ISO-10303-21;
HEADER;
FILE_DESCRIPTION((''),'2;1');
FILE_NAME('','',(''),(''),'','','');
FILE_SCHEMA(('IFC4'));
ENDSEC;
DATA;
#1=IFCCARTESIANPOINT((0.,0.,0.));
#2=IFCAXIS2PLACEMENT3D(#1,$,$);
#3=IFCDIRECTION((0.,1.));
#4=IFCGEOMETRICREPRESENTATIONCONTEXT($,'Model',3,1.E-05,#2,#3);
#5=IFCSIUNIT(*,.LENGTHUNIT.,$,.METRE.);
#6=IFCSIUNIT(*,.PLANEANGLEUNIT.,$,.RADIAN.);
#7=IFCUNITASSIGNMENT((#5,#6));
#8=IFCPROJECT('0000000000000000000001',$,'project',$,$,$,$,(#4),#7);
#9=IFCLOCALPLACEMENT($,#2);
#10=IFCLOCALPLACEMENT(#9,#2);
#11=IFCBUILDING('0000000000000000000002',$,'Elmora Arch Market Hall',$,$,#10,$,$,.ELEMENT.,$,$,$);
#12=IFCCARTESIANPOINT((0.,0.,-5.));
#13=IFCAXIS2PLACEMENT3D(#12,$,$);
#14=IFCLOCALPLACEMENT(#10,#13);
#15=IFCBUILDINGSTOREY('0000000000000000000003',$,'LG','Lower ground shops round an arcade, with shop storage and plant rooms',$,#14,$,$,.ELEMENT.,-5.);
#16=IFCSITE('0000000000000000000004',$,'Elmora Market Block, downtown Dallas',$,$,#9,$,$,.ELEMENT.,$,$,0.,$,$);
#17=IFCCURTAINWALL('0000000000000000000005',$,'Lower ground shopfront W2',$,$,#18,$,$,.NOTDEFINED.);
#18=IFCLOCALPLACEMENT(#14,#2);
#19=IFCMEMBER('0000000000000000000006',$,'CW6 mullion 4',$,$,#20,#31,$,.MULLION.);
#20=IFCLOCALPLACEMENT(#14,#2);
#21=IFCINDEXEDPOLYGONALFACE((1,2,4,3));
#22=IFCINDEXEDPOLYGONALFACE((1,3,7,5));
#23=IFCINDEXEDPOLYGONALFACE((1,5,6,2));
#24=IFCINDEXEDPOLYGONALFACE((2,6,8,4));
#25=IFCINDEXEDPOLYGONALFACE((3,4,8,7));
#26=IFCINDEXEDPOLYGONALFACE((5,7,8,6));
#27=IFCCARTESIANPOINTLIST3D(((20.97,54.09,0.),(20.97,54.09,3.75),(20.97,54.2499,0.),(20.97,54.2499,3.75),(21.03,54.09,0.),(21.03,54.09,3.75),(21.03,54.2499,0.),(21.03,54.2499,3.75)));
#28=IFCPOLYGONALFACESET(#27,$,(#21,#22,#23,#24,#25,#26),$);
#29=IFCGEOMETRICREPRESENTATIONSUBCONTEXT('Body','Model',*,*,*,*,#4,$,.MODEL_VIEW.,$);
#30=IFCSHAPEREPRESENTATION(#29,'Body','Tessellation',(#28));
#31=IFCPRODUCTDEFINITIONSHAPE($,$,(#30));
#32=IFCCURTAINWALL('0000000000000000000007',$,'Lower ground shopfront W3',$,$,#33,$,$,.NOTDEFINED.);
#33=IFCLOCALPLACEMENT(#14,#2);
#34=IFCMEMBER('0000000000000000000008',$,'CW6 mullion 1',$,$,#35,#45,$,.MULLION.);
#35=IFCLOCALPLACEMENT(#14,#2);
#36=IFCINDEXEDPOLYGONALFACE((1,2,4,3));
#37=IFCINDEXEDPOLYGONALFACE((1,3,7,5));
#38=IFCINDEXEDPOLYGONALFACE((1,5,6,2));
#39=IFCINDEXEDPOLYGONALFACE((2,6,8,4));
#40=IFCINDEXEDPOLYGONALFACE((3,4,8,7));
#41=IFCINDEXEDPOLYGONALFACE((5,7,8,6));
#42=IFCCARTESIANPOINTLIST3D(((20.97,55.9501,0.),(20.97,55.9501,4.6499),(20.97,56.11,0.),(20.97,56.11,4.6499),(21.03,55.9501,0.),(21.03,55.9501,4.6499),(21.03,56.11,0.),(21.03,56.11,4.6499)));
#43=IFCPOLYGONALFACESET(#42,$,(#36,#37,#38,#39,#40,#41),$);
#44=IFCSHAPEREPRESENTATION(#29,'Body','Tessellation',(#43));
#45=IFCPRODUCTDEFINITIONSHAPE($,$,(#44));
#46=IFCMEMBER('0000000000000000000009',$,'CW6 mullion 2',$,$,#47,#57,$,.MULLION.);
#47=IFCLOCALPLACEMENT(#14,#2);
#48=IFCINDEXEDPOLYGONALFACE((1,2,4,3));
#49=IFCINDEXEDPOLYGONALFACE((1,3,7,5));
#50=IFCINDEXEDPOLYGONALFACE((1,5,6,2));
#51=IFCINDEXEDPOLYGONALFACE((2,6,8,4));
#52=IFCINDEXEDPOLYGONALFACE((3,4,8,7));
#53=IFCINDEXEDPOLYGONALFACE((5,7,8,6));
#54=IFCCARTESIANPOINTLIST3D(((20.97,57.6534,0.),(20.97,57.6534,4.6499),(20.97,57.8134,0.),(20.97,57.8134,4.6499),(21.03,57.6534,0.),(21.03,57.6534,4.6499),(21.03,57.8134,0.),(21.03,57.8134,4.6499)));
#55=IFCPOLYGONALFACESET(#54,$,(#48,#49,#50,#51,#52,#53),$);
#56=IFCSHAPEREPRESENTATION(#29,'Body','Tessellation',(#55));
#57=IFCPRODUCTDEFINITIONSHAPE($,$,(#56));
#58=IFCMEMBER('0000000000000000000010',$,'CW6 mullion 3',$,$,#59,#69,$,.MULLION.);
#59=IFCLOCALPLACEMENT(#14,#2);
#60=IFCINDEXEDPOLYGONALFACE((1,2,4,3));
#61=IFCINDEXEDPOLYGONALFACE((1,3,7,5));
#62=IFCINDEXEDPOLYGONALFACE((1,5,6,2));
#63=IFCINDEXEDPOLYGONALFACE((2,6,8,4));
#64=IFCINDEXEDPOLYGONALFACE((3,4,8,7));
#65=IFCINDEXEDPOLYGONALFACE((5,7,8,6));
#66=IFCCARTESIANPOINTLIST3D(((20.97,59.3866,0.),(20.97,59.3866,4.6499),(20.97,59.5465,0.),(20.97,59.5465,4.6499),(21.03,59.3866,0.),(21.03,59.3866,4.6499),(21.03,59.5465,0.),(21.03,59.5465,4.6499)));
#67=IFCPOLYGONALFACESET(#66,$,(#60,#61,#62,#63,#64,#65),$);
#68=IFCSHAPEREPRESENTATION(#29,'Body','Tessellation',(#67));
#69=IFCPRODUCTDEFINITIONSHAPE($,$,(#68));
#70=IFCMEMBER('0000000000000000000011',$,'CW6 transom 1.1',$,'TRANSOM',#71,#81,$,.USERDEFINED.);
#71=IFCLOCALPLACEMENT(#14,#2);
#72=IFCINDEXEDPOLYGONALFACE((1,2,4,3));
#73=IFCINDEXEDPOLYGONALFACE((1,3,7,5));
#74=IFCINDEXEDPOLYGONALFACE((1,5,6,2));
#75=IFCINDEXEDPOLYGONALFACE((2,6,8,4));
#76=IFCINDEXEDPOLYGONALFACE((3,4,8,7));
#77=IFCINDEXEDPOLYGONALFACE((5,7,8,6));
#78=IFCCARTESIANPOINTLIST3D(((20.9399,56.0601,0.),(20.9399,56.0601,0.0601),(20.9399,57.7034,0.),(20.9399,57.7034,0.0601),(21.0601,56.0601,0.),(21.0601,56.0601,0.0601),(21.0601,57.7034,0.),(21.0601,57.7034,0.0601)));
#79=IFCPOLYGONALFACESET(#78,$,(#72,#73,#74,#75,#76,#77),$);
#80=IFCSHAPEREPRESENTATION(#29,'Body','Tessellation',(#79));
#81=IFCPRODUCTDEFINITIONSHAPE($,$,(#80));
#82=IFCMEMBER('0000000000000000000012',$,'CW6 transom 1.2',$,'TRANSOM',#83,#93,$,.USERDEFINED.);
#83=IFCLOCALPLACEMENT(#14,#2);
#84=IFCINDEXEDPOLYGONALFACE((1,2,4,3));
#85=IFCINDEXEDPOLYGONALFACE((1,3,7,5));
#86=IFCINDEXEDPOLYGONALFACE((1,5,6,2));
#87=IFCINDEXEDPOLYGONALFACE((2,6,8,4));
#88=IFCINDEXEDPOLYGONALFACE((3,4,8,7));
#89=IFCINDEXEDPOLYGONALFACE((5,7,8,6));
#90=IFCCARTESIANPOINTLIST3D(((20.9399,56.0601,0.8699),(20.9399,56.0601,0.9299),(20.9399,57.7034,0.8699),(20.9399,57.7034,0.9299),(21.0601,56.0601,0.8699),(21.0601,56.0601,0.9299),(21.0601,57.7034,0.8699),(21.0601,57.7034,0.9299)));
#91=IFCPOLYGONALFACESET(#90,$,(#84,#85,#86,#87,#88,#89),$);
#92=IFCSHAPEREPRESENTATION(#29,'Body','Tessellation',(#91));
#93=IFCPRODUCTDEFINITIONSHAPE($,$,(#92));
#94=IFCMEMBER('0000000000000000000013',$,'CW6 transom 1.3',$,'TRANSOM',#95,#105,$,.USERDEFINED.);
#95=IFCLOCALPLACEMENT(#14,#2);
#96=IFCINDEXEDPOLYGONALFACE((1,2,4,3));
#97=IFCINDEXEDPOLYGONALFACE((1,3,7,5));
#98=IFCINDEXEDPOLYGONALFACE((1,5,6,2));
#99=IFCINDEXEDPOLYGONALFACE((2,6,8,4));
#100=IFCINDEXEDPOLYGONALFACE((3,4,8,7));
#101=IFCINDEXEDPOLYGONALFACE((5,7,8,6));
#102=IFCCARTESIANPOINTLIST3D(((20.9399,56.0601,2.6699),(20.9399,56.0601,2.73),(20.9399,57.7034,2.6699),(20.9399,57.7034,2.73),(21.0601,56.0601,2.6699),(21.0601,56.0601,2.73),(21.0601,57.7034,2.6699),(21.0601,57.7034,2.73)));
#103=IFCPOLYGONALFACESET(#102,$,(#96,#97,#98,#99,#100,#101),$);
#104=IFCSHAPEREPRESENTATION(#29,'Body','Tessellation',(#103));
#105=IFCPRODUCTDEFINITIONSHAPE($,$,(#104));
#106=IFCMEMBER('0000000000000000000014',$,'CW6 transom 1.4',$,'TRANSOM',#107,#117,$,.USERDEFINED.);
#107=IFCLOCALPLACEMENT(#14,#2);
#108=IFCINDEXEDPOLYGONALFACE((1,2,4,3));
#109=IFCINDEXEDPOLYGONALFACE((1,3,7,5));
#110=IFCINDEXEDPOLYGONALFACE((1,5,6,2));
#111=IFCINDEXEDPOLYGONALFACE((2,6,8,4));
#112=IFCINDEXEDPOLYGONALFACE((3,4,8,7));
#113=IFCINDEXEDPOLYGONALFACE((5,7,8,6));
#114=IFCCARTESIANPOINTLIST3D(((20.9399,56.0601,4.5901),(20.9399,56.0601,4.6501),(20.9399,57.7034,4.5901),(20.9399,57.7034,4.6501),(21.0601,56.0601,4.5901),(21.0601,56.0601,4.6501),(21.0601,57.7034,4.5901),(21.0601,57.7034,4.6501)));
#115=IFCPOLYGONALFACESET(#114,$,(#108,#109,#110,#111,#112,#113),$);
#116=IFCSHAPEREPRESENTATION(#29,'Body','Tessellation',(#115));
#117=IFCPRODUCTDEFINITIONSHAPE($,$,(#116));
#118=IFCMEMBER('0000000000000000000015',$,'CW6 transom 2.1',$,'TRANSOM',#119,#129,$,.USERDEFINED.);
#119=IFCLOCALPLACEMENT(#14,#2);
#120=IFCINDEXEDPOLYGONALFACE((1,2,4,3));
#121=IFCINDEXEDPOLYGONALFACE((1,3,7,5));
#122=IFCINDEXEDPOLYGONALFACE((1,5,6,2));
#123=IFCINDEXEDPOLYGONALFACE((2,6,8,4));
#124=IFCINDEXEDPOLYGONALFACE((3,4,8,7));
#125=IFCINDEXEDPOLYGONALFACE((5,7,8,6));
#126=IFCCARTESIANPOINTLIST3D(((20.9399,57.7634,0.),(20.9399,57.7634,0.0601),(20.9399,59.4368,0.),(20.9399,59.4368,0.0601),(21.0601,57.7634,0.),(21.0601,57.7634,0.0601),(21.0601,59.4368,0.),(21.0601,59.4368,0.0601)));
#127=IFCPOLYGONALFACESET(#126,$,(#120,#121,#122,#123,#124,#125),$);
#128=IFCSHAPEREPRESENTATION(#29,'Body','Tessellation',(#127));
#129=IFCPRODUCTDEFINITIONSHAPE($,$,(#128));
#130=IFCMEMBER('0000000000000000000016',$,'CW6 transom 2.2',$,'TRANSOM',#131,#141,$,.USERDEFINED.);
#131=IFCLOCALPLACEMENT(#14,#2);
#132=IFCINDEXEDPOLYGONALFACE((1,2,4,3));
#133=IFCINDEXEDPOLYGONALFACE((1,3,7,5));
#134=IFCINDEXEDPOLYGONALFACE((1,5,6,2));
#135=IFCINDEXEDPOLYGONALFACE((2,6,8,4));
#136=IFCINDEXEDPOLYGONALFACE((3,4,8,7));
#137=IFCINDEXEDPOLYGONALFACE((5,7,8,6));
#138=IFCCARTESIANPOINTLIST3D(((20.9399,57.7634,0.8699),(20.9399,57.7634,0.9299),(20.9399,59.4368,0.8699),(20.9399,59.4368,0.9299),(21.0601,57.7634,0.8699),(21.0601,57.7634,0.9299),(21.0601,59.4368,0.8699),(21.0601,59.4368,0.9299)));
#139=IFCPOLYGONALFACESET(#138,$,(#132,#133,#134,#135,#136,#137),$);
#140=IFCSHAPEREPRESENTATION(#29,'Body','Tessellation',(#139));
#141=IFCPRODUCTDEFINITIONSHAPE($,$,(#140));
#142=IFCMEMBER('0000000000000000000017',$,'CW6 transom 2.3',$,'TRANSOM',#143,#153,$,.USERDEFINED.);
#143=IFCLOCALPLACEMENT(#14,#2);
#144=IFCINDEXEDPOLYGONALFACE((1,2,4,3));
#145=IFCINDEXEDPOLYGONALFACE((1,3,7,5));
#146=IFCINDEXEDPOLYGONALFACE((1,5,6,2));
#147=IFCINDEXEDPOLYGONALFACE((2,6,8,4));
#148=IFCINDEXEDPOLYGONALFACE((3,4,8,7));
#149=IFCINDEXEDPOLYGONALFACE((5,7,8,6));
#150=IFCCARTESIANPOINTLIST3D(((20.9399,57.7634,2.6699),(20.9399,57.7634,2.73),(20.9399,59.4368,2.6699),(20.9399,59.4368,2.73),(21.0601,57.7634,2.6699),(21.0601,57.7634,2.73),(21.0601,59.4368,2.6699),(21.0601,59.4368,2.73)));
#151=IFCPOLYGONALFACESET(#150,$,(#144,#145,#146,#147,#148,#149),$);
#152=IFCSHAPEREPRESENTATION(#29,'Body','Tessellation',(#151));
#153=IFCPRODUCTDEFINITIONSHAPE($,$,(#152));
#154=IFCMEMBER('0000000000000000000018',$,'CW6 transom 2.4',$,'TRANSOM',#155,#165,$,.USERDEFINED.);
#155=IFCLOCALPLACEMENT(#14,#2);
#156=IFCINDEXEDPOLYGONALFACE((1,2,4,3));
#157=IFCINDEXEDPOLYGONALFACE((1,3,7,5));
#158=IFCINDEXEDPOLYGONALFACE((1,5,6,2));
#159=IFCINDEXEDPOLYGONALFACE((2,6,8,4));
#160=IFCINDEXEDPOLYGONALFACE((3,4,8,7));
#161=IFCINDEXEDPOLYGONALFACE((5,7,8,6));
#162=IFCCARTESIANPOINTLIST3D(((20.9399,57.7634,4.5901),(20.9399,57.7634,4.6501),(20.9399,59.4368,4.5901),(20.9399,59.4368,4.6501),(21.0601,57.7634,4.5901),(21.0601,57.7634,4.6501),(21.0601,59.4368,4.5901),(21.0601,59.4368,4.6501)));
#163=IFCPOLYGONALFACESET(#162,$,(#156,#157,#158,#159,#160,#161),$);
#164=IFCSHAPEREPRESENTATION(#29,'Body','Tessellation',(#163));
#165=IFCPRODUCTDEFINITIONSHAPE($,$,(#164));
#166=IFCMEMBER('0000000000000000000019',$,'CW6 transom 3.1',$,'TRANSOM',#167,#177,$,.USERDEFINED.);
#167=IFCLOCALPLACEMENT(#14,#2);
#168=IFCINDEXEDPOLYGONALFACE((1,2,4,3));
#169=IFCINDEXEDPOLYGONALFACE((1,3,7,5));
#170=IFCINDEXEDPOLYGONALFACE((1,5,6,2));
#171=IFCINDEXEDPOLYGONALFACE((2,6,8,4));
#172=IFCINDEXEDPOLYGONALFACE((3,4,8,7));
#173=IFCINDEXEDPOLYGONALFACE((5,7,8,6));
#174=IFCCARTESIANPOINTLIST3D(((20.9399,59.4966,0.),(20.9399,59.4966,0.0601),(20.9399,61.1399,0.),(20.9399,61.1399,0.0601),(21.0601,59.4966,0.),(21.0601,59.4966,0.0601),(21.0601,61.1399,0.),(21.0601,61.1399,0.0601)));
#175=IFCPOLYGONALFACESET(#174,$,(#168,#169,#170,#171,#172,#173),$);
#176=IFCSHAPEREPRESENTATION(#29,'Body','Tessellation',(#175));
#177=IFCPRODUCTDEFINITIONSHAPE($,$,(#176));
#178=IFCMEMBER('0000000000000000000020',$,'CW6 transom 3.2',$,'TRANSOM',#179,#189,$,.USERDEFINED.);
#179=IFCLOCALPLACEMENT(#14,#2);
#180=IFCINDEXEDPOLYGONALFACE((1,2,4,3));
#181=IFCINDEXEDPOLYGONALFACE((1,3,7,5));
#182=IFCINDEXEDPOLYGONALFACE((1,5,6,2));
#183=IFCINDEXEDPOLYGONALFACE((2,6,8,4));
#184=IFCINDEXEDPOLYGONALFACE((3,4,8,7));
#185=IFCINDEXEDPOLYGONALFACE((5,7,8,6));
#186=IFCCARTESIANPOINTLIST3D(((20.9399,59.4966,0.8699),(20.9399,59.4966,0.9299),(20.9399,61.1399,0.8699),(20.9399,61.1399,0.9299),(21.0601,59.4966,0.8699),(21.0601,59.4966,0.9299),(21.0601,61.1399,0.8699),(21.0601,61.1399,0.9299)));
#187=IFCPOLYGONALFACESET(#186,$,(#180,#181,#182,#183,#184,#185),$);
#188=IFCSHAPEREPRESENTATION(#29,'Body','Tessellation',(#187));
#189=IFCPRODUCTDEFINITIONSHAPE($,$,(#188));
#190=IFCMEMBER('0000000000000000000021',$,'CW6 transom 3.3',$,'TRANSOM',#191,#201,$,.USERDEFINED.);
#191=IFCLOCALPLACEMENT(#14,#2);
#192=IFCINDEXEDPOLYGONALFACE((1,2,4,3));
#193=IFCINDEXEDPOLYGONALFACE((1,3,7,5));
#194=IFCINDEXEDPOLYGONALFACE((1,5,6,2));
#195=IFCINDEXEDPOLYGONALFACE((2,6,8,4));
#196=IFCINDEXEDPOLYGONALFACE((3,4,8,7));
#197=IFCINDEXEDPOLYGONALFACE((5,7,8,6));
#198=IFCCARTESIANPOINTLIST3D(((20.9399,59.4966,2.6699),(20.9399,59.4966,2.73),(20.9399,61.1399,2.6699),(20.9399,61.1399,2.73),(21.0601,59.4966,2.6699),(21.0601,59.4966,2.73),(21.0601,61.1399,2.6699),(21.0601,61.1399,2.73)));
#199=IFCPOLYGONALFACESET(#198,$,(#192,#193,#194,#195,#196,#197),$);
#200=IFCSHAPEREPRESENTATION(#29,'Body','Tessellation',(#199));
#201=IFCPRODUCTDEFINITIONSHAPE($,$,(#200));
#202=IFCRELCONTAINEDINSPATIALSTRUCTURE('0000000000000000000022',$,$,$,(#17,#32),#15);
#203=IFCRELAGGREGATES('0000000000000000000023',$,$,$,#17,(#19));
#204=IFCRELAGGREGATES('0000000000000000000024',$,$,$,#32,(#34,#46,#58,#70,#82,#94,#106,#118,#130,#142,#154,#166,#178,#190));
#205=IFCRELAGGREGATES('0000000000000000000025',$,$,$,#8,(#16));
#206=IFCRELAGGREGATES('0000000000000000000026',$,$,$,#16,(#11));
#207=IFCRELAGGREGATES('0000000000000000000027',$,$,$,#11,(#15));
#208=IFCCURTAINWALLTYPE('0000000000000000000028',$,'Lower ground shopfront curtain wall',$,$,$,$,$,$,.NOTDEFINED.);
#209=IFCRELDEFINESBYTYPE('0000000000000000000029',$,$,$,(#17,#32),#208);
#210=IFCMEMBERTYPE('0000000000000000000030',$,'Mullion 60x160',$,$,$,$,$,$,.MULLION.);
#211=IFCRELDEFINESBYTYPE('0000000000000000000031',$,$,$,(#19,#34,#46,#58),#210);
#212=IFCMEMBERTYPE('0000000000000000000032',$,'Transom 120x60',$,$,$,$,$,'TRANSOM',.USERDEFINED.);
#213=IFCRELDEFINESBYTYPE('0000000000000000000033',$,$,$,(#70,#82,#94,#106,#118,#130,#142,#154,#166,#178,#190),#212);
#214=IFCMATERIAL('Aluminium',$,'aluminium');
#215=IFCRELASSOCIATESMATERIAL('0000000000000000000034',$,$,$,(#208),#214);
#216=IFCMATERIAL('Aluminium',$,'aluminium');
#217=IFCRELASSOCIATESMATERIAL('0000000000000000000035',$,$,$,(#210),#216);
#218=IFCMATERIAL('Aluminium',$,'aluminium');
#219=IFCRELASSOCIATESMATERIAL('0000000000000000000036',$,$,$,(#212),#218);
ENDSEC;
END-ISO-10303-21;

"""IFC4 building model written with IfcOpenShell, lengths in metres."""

from ifc_helpers import new_model, si_unit, direction, frame, origin, origin_2d, place, context, subcontext, project, spatial, rectangle, extrude, material, material_profile, profile_set, type_object, element, aggregate, save


model = new_model("IFC4")

# Units and contexts
model_context = context("Model", 3, precision=1e-05, world=origin(), true_north=direction((0.0, 1.0)))
body_context = subcontext(model_context, "Body", "Model", "MODEL_VIEW")
ifc_project = project(units=[si_unit("LENGTHUNIT", "METRE"), si_unit("PLANEANGLEUNIT", "RADIAN")], contexts=[model_context])

# Site, building, storey
site_placement = place(None, origin())
site = spatial("IfcSite", under=ifc_project, at=site_placement, Name="Elmora Market Block, downtown Dallas", CompositionType="ELEMENT", RefElevation=0.0)
building_placement = place(site_placement, origin())
building = spatial("IfcBuilding", under=site, at=building_placement, Name="Elmora Arch Market Hall", CompositionType="ELEMENT")
storey_placement = place(building_placement, frame((0.0, 0.0, -5.0)))
storey = spatial("IfcBuildingStorey", under=building, at=storey_placement, Name="LG", Description="Lower ground shops round an arcade, with shop storage and plant rooms", CompositionType="ELEMENT", Elevation=-5.0)

# Curtain wall, member
ifc_material_1 = material(Name="Aluminium", Category="aluminium")
curtain_wall_type = type_object("IfcCurtainWallType", Name="Lower ground shopfront curtain wall", PredefinedType="NOTDEFINED", material=ifc_material_1)
curtain_wall_1_placement = place(storey_placement, origin())
curtain_wall_1 = element("IfcCurtainWall", 1, at=curtain_wall_1_placement, inside=storey, type_object=curtain_wall_type, Name="Lower ground shopfront W2", PredefinedType="NOTDEFINED")
ifc_material_2 = material(Name="Aluminium", Category="aluminium")
ifc_material_profile_1 = material_profile(ifc_material_2, rectangle(XDim=0.0601, YDim=0.1599, at=origin_2d()), Name="AL 60x160")
ifc_profile_set_1 = profile_set([ifc_material_profile_1], Name="Aluminium")
member_type_1 = type_object("IfcMemberType", Name="Mullion 60x160", PredefinedType="MULLION", material=ifc_profile_set_1)
member_1_placement = place(storey_placement, frame((21.0, 54.1699, 0.0), z_axis=(0.0, 0.0, 1.0), x_axis=(-1.0, 0.0, 0.0)))
member_1 = element("IfcMember", 2, at=member_1_placement, type_object=member_type_1, Name="CW6 mullion 4", PredefinedType="MULLION", context=body_context, shape_type="SweptSolid", body=[
    extrude(rectangle(XDim=0.0601, YDim=0.1599, at=origin_2d()), origin(), (0.0, 0.0, 1.0), 3.75),
])

# Curtain wall, members
curtain_wall_2_placement = place(storey_placement, origin())
curtain_wall_2 = element("IfcCurtainWall", 3, at=curtain_wall_2_placement, inside=storey, type_object=curtain_wall_type, Name="Lower ground shopfront W3", PredefinedType="NOTDEFINED")
member_2_placement = place(storey_placement, frame((21.0, 56.03, 0.0), z_axis=(0.0, 0.0, 1.0), x_axis=(-1.0, 0.0, 0.0)))
member_2 = element("IfcMember", 4, at=member_2_placement, type_object=member_type_1, Name="CW6 mullion 1", PredefinedType="MULLION", context=body_context, shape_type="SweptSolid", body=[
    extrude(rectangle(XDim=0.0601, YDim=0.1599, at=origin_2d()), origin(), (0.0, 0.0, 1.0), 4.6499),
])
member_3_placement = place(storey_placement, frame((21.0, 57.7334, 0.0), z_axis=(0.0, 0.0, 1.0), x_axis=(-1.0, 0.0, 0.0)))
member_3 = element("IfcMember", 5, at=member_3_placement, type_object=member_type_1, Name="CW6 mullion 2", PredefinedType="MULLION", context=body_context, shape_type="SweptSolid", body=[
    extrude(rectangle(XDim=0.0601, YDim=0.1599, at=origin_2d()), origin(), (0.0, 0.0, 1.0), 4.6499),
])
member_4_placement = place(storey_placement, frame((21.0, 59.4666, 0.0), z_axis=(0.0, 0.0, 1.0), x_axis=(-1.0, 0.0, 0.0)))
member_4 = element("IfcMember", 6, at=member_4_placement, type_object=member_type_1, Name="CW6 mullion 3", PredefinedType="MULLION", context=body_context, shape_type="SweptSolid", body=[
    extrude(rectangle(XDim=0.0601, YDim=0.1599, at=origin_2d()), origin(), (0.0, 0.0, 1.0), 4.6499),
])
ifc_material_3 = material(Name="Aluminium", Category="aluminium")
ifc_material_profile_2 = material_profile(ifc_material_3, rectangle(XDim=0.1201, YDim=0.0601, at=origin_2d()), Name="AL 120x60")
ifc_profile_set_2 = profile_set([ifc_material_profile_2], Name="Aluminium")
member_type_2 = type_object("IfcMemberType", Name="Transom 120x60", ElementType="TRANSOM", PredefinedType="USERDEFINED", material=ifc_profile_set_2)
member_5_placement = place(storey_placement, frame((21.0, 56.0601, 0.03), z_axis=(0.0, 1.0, 0.0), x_axis=(-1.0, 0.0, 0.0)))
member_5 = element("IfcMember", 7, at=member_5_placement, type_object=member_type_2, Name="CW6 transom 1.1", ObjectType="TRANSOM", PredefinedType="USERDEFINED", context=body_context, shape_type="SweptSolid", body=[
    extrude(rectangle(XDim=0.1201, YDim=0.0601, at=origin_2d()), origin(), (0.0, 0.0, 1.0), 1.6433),
])
member_6_placement = place(storey_placement, frame((21.0, 56.0601, 0.8999), z_axis=(0.0, 1.0, 0.0), x_axis=(-1.0, 0.0, 0.0)))
member_6 = element("IfcMember", 8, at=member_6_placement, type_object=member_type_2, Name="CW6 transom 1.2", ObjectType="TRANSOM", PredefinedType="USERDEFINED", context=body_context, shape_type="SweptSolid", body=[
    extrude(rectangle(XDim=0.1201, YDim=0.0601, at=origin_2d()), origin(), (0.0, 0.0, 1.0), 1.6433),
])
member_7_placement = place(storey_placement, frame((21.0, 56.0601, 2.7), z_axis=(0.0, 1.0, 0.0), x_axis=(-1.0, 0.0, 0.0)))
member_7 = element("IfcMember", 9, at=member_7_placement, type_object=member_type_2, Name="CW6 transom 1.3", ObjectType="TRANSOM", PredefinedType="USERDEFINED", context=body_context, shape_type="SweptSolid", body=[
    extrude(rectangle(XDim=0.1201, YDim=0.0601, at=origin_2d()), origin(), (0.0, 0.0, 1.0), 1.6433),
])
member_8_placement = place(storey_placement, frame((21.0, 56.0601, 4.6201), z_axis=(0.0, 1.0, 0.0), x_axis=(-1.0, 0.0, 0.0)))
member_8 = element("IfcMember", 10, at=member_8_placement, type_object=member_type_2, Name="CW6 transom 1.4", ObjectType="TRANSOM", PredefinedType="USERDEFINED", context=body_context, shape_type="SweptSolid", body=[
    extrude(rectangle(XDim=0.1201, YDim=0.0601, at=origin_2d()), origin(), (0.0, 0.0, 1.0), 1.6433),
])
member_9_placement = place(storey_placement, frame((21.0, 57.7634, 0.03), z_axis=(0.0, 1.0, 0.0), x_axis=(-1.0, 0.0, 0.0)))
member_9 = element("IfcMember", 11, at=member_9_placement, type_object=member_type_2, Name="CW6 transom 2.1", ObjectType="TRANSOM", PredefinedType="USERDEFINED", context=body_context, shape_type="SweptSolid", body=[
    extrude(rectangle(XDim=0.1201, YDim=0.0601, at=origin_2d()), origin(), (0.0, 0.0, 1.0), 1.6733),
])
member_10_placement = place(storey_placement, frame((21.0, 57.7634, 0.8999), z_axis=(0.0, 1.0, 0.0), x_axis=(-1.0, 0.0, 0.0)))
member_10 = element("IfcMember", 12, at=member_10_placement, type_object=member_type_2, Name="CW6 transom 2.2", ObjectType="TRANSOM", PredefinedType="USERDEFINED", context=body_context, shape_type="SweptSolid", body=[
    extrude(rectangle(XDim=0.1201, YDim=0.0601, at=origin_2d()), origin(), (0.0, 0.0, 1.0), 1.6733),
])
member_11_placement = place(storey_placement, frame((21.0, 57.7634, 2.7), z_axis=(0.0, 1.0, 0.0), x_axis=(-1.0, 0.0, 0.0)))
member_11 = element("IfcMember", 13, at=member_11_placement, type_object=member_type_2, Name="CW6 transom 2.3", ObjectType="TRANSOM", PredefinedType="USERDEFINED", context=body_context, shape_type="SweptSolid", body=[
    extrude(rectangle(XDim=0.1201, YDim=0.0601, at=origin_2d()), origin(), (0.0, 0.0, 1.0), 1.6733),
])
member_12_placement = place(storey_placement, frame((21.0, 57.7634, 4.6201), z_axis=(0.0, 1.0, 0.0), x_axis=(-1.0, 0.0, 0.0)))
member_12 = element("IfcMember", 14, at=member_12_placement, type_object=member_type_2, Name="CW6 transom 2.4", ObjectType="TRANSOM", PredefinedType="USERDEFINED", context=body_context, shape_type="SweptSolid", body=[
    extrude(rectangle(XDim=0.1201, YDim=0.0601, at=origin_2d()), origin(), (0.0, 0.0, 1.0), 1.6733),
])
member_13_placement = place(storey_placement, frame((21.0, 59.4966, 0.03), z_axis=(0.0, 1.0, 0.0), x_axis=(-1.0, 0.0, 0.0)))
member_13 = element("IfcMember", 15, at=member_13_placement, type_object=member_type_2, Name="CW6 transom 3.1", ObjectType="TRANSOM", PredefinedType="USERDEFINED", context=body_context, shape_type="SweptSolid", body=[
    extrude(rectangle(XDim=0.1201, YDim=0.0601, at=origin_2d()), origin(), (0.0, 0.0, 1.0), 1.6433),
])
member_14_placement = place(storey_placement, frame((21.0, 59.4966, 0.8999), z_axis=(0.0, 1.0, 0.0), x_axis=(-1.0, 0.0, 0.0)))
member_14 = element("IfcMember", 16, at=member_14_placement, type_object=member_type_2, Name="CW6 transom 3.2", ObjectType="TRANSOM", PredefinedType="USERDEFINED", context=body_context, shape_type="SweptSolid", body=[
    extrude(rectangle(XDim=0.1201, YDim=0.0601, at=origin_2d()), origin(), (0.0, 0.0, 1.0), 1.6433),
])
member_15_placement = place(storey_placement, frame((21.0, 59.4966, 2.7), z_axis=(0.0, 1.0, 0.0), x_axis=(-1.0, 0.0, 0.0)))
member_15 = element("IfcMember", 17, at=member_15_placement, type_object=member_type_2, Name="CW6 transom 3.3", ObjectType="TRANSOM", PredefinedType="USERDEFINED", context=body_context, shape_type="SweptSolid", body=[
    extrude(rectangle(XDim=0.1201, YDim=0.0601, at=origin_2d()), origin(), (0.0, 0.0, 1.0), 1.6433),
])

aggregate(curtain_wall_1, [member_1])
aggregate(curtain_wall_2, [member_2, member_3, member_4, member_5, member_6, member_7, member_8, member_9, member_10, member_11, member_12, member_13, member_14, member_15])

save(model, "model.ifc")
